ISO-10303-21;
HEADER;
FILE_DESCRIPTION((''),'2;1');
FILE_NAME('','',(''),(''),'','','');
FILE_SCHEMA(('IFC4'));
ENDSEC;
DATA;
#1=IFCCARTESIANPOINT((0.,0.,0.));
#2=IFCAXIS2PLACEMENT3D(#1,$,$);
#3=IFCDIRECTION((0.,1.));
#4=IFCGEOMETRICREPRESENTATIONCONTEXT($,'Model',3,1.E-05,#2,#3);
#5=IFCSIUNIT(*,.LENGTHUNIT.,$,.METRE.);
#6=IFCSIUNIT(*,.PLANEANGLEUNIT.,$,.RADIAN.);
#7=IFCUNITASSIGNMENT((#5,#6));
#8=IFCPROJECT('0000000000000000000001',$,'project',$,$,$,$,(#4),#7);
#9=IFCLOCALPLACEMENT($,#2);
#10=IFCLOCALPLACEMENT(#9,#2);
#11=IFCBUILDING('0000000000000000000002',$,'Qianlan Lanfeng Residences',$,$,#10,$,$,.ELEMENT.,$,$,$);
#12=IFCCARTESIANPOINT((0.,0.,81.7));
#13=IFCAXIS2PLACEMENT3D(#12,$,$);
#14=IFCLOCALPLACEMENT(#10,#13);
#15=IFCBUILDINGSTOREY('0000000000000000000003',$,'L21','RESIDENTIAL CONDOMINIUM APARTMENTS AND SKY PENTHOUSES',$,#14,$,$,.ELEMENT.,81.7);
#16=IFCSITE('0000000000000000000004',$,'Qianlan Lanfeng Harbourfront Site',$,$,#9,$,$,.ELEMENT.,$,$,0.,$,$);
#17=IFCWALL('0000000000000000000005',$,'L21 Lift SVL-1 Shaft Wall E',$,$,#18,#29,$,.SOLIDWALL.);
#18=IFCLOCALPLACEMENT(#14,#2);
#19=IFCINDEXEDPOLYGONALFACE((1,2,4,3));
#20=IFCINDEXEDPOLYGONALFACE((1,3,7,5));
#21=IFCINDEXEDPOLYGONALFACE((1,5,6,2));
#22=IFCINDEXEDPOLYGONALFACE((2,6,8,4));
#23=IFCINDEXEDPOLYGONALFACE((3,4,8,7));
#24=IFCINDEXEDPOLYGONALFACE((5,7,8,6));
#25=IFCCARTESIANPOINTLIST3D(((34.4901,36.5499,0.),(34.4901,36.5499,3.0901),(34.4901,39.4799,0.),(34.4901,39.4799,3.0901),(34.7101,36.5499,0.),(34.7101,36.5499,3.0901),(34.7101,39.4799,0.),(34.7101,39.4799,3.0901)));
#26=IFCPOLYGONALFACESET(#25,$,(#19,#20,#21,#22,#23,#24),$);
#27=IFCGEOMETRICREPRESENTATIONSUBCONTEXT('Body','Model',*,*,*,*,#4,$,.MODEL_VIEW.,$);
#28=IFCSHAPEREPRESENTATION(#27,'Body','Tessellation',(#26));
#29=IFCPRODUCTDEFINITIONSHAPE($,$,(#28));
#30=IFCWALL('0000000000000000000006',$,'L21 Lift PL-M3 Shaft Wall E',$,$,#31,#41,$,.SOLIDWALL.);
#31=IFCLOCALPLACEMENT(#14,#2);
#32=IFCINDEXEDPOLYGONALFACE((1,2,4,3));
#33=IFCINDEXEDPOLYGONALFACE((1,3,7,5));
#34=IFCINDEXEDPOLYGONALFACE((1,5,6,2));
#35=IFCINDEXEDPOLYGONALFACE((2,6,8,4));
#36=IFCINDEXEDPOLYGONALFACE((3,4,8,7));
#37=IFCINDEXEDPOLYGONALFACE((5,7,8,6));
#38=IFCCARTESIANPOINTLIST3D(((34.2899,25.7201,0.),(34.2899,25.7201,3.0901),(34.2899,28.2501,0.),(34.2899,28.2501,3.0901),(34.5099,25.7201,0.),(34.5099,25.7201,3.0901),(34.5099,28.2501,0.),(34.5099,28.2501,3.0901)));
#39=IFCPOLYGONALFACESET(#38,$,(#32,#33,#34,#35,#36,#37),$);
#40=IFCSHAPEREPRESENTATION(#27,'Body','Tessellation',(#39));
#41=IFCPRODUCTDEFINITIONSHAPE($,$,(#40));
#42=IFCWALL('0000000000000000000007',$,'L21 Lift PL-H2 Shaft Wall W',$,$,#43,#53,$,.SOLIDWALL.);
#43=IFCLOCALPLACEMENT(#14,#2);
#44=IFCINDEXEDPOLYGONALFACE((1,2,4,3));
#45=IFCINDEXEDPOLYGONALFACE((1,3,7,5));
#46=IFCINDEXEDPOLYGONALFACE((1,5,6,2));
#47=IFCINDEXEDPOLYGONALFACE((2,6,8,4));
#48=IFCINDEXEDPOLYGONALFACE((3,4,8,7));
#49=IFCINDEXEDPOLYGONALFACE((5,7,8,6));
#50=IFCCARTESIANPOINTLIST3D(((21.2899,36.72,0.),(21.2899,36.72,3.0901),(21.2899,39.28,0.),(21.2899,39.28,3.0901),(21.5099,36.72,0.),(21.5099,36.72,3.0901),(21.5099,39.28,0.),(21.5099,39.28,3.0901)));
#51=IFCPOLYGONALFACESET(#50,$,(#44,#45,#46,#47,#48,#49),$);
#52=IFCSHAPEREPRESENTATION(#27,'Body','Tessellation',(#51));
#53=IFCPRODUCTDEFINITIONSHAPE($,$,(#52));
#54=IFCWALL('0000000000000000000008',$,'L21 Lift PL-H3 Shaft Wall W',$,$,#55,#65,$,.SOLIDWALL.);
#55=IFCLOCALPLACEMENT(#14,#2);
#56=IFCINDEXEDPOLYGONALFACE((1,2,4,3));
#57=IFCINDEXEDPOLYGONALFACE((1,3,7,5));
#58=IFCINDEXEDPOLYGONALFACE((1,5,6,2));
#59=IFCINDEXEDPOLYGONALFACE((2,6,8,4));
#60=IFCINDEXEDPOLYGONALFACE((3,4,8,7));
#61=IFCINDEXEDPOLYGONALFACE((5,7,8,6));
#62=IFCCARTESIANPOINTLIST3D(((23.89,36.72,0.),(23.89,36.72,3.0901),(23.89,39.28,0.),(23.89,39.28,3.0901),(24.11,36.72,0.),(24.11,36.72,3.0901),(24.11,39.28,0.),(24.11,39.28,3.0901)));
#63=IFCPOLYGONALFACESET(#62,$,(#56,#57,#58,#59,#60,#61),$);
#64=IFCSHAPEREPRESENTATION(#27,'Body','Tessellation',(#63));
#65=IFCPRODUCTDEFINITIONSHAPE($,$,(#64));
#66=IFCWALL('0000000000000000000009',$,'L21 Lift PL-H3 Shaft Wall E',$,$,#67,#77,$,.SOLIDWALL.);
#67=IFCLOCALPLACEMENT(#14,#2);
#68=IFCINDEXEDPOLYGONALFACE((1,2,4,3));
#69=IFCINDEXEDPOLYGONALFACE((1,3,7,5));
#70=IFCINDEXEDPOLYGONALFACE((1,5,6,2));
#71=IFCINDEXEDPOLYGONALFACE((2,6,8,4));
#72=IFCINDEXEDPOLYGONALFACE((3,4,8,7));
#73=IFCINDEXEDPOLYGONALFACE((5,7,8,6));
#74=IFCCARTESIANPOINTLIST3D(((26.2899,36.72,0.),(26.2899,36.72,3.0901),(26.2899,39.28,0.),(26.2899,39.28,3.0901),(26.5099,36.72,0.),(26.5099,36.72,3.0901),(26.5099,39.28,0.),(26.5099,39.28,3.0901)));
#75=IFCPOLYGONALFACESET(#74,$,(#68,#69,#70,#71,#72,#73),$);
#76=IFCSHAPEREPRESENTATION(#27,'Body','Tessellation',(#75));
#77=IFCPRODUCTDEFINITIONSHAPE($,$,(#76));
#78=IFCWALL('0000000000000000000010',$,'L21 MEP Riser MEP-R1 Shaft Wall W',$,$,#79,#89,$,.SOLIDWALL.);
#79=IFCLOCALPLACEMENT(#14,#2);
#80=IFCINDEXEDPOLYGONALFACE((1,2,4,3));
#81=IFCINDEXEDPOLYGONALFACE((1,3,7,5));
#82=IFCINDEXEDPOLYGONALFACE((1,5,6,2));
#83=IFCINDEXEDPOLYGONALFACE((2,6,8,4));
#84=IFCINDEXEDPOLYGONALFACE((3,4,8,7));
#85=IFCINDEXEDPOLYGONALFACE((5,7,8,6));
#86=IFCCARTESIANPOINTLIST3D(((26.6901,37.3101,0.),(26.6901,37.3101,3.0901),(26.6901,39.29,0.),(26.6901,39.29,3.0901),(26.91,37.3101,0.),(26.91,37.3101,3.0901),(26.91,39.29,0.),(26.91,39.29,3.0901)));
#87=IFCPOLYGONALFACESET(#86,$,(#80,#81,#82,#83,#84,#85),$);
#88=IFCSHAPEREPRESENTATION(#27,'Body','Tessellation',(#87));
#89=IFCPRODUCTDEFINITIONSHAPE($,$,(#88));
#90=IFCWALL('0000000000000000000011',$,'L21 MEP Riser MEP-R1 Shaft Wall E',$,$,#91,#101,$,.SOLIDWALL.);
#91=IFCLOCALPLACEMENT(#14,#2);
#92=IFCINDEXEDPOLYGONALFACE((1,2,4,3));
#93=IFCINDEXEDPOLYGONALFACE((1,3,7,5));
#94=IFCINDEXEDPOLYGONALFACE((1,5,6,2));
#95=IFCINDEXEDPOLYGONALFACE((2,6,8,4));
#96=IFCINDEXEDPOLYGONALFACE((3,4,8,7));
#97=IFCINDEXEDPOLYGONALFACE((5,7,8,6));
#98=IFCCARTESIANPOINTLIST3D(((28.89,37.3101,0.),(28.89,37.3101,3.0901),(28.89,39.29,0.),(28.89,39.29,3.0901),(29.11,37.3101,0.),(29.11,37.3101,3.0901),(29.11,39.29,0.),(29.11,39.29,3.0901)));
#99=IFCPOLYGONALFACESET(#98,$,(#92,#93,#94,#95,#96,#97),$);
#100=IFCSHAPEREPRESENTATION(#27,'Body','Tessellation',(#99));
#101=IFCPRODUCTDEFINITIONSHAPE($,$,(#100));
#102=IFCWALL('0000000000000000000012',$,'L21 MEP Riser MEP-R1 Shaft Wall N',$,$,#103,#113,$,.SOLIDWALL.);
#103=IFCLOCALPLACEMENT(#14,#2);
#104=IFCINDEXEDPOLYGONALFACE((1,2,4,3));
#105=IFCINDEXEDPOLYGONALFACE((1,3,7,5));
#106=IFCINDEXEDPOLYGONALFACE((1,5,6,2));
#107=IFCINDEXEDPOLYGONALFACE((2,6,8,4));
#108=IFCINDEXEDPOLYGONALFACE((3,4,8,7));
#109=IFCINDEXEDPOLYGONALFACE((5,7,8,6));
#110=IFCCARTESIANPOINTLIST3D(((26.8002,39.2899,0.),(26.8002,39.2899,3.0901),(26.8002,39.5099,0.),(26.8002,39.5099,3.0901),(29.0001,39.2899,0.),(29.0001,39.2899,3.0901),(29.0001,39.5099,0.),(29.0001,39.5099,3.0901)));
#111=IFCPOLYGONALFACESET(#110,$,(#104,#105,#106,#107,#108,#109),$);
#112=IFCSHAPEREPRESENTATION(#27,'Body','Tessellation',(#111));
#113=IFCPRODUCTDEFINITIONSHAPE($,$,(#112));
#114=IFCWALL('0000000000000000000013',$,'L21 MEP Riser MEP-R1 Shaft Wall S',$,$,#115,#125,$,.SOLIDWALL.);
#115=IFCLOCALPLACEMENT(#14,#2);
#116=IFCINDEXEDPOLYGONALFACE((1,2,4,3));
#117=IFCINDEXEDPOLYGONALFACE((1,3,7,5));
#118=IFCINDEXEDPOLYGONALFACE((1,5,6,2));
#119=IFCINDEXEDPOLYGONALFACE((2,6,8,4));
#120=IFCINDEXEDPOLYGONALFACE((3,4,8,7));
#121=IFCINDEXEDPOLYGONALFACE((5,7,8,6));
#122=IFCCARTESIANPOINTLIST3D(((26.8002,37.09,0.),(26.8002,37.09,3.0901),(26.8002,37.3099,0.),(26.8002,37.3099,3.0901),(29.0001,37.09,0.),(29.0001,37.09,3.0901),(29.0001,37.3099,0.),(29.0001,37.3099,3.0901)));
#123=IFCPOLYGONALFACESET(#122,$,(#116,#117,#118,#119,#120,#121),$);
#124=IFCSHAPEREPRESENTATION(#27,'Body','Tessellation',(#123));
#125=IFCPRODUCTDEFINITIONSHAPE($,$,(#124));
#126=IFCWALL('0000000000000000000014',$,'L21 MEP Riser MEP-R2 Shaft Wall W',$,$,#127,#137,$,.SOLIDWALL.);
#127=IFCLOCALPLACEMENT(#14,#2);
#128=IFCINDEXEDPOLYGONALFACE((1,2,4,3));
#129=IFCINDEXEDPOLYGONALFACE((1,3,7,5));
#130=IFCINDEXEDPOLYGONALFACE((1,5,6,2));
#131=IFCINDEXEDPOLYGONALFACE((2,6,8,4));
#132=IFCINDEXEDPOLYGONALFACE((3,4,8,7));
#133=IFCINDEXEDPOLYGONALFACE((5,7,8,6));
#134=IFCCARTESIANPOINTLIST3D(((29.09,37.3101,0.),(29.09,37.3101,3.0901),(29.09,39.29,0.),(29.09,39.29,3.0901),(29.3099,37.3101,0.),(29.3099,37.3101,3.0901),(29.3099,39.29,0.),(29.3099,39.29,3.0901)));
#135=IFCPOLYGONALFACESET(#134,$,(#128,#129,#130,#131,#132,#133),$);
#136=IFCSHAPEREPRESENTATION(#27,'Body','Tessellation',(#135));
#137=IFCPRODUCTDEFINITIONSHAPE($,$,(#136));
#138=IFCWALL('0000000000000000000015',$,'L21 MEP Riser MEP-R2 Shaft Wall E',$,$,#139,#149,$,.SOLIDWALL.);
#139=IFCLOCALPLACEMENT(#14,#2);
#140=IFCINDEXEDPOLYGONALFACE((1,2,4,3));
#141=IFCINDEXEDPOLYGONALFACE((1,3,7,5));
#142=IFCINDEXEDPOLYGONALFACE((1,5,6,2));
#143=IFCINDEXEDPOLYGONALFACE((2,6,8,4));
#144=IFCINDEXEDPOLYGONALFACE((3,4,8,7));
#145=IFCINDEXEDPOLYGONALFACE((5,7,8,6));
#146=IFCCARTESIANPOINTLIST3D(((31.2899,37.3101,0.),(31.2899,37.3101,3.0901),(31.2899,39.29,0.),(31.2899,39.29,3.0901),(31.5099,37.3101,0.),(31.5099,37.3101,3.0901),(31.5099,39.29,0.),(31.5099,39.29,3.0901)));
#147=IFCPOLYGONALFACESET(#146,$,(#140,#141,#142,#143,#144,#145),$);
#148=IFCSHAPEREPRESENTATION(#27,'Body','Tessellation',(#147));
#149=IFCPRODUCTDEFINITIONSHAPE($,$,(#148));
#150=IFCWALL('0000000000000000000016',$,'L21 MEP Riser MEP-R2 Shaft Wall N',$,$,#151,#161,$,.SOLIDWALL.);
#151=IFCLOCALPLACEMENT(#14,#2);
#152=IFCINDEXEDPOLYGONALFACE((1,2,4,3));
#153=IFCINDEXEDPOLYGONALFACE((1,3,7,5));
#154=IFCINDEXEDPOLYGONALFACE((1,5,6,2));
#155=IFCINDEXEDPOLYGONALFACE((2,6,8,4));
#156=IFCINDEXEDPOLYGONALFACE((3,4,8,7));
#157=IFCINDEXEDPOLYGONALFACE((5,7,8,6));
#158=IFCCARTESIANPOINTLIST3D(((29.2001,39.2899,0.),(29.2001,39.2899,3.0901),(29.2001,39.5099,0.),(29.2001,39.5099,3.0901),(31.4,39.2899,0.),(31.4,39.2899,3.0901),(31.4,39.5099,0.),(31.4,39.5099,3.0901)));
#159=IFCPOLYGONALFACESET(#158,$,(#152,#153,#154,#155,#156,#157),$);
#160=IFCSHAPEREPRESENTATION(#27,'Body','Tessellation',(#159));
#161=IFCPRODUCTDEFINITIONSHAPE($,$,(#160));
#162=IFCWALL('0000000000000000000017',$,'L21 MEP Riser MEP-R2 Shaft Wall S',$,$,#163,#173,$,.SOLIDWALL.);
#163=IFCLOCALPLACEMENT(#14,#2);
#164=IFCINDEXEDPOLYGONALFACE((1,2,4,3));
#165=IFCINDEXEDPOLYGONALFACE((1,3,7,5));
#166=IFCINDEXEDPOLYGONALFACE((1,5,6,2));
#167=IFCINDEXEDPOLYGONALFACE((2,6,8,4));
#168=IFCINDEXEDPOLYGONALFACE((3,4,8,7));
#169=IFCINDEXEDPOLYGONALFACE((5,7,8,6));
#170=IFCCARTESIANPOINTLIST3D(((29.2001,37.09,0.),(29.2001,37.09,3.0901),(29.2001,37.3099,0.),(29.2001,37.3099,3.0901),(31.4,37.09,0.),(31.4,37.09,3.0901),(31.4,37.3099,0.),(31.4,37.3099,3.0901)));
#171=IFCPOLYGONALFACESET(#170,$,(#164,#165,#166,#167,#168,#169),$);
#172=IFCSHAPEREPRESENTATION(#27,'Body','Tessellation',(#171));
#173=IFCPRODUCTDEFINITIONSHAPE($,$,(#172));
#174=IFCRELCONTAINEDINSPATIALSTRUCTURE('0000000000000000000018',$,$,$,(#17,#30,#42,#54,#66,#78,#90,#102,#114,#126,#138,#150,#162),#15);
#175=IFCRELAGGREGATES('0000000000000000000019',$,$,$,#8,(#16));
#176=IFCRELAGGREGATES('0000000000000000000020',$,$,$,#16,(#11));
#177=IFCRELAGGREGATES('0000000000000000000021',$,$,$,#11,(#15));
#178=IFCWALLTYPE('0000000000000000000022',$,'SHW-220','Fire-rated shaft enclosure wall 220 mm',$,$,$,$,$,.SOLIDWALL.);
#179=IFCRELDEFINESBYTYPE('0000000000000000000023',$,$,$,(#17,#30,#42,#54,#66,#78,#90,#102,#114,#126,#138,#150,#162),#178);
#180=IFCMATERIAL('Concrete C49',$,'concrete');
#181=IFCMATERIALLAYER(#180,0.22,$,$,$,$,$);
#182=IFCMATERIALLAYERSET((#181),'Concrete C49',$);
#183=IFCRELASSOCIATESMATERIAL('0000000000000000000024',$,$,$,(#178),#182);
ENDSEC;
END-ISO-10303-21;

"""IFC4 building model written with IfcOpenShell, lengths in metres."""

from ifc_helpers import new_model, si_unit, direction, frame, frame_2d, origin, place, context, subcontext, project, spatial, rectangle, extrude, material, layer, layer_set, type_object, element, save


model = new_model("IFC4")

# Units and contexts
model_context = context("Model", 3, precision=1e-05, world=origin(), true_north=direction((0.0, 1.0)))
body_context = subcontext(model_context, "Body", "Model", "MODEL_VIEW")
ifc_project = project(units=[si_unit("LENGTHUNIT", "METRE"), si_unit("PLANEANGLEUNIT", "RADIAN")], contexts=[model_context])

# Site, building, storey
site_placement = place(None, origin())
site = spatial("IfcSite", under=ifc_project, at=site_placement, Name="Qianlan Lanfeng Harbourfront Site", CompositionType="ELEMENT", RefElevation=0.0)
building_placement = place(site_placement, origin())
building = spatial("IfcBuilding", under=site, at=building_placement, Name="Qianlan Lanfeng Residences", CompositionType="ELEMENT")
storey_placement = place(building_placement, frame((0.0, 0.0, 81.7)))
storey = spatial("IfcBuildingStorey", under=building, at=storey_placement, Name="L21", Description="RESIDENTIAL CONDOMINIUM APARTMENTS AND SKY PENTHOUSES", CompositionType="ELEMENT", Elevation=81.7)

# Walls
ifc_material_1 = material(Name="Concrete C49", Category="concrete")
ifc_layer_1 = layer(ifc_material_1, 0.22)
ifc_layer_set_1 = layer_set([ifc_layer_1], Name="Concrete C49")
wall_type_1 = type_object("IfcWallType", Name="SHW-220", Description="Fire-rated shaft enclosure wall 220 mm", PredefinedType="SOLIDWALL", material=ifc_layer_set_1)
for number, where, z_axis, x_axis, name in (
    (1, (34.6001, 36.55, 0.0), (0.0, 0.0, 1.0), (0.0, 1.0, 0.0), "L21 Lift SVL-1 Shaft Wall E"),
):
    element("IfcWall", number, at=place(storey_placement, frame(where, z_axis=z_axis, x_axis=x_axis)), inside=storey, type_object=wall_type_1, Name=name, PredefinedType="SOLIDWALL", context=body_context, shape_type="SweptSolid", body=[
        extrude(rectangle(XDim=2.9299, YDim=0.22, at=frame_2d((1.4648, 0.0))), origin(), (0.0, 0.0, 1.0), 3.0901),
    ])
wall_1_placement = place(storey_placement, frame((34.3999, 25.72, 0.0), z_axis=(0.0, 0.0, 1.0), x_axis=(0.0, 1.0, 0.0)))
element("IfcWall", 2, at=wall_1_placement, inside=storey, type_object=wall_type_1, Name="L21 Lift PL-M3 Shaft Wall E", PredefinedType="SOLIDWALL", context=body_context, shape_type="SweptSolid", body=[
    extrude(rectangle(XDim=2.53, YDim=0.22, at=frame_2d((1.2651, 0.0))), origin(), (0.0, 0.0, 1.0), 3.0901),
])
for number, where, z_axis, x_axis, name in (
    (3, (21.3999, 36.72, 0.0), (0.0, 0.0, 1.0), (0.0, 1.0, 0.0), "L21 Lift PL-H2 Shaft Wall W"),
    (4, (24.0, 36.72, 0.0), (0.0, 0.0, 1.0), (0.0, 1.0, 0.0), "L21 Lift PL-H3 Shaft Wall W"),
    (5, (26.3999, 36.72, 0.0), (0.0, 0.0, 1.0), (0.0, 1.0, 0.0), "L21 Lift PL-H3 Shaft Wall E"),
):
    element("IfcWall", number, at=place(storey_placement, frame(where, z_axis=z_axis, x_axis=x_axis)), inside=storey, type_object=wall_type_1, Name=name, PredefinedType="SOLIDWALL", context=body_context, shape_type="SweptSolid", body=[
        extrude(rectangle(XDim=2.5601, YDim=0.22, at=frame_2d((1.28, 0.0))), origin(), (0.0, 0.0, 1.0), 3.0901),
    ])
for number, where, z_axis, x_axis, name in (
    (6, (26.8, 37.3101, 0.0), (0.0, 0.0, 1.0), (0.0, 1.0, 0.0), "L21 MEP Riser MEP-R1 Shaft Wall W"),
    (7, (29.0, 37.3101, 0.0), (0.0, 0.0, 1.0), (0.0, 1.0, 0.0), "L21 MEP Riser MEP-R1 Shaft Wall E"),
):
    element("IfcWall", number, at=place(storey_placement, frame(where, z_axis=z_axis, x_axis=x_axis)), inside=storey, type_object=wall_type_1, Name=name, PredefinedType="SOLIDWALL", context=body_context, shape_type="SweptSolid", body=[
        extrude(rectangle(XDim=1.98, YDim=0.22, at=frame_2d((0.99, 0.0))), origin(), (0.0, 0.0, 1.0), 3.0901),
    ])
for number, where, z_axis, x_axis, name in (
    (8, (26.8, 39.3999, 0.0), (0.0, 0.0, 1.0), (1.0, 0.0, 0.0), "L21 MEP Riser MEP-R1 Shaft Wall N"),
    (9, (26.8, 37.2, 0.0), (0.0, 0.0, 1.0), (1.0, 0.0, 0.0), "L21 MEP Riser MEP-R1 Shaft Wall S"),
):
    element("IfcWall", number, at=place(storey_placement, frame(where, z_axis=z_axis, x_axis=x_axis)), inside=storey, type_object=wall_type_1, Name=name, PredefinedType="SOLIDWALL", context=body_context, shape_type="SweptSolid", body=[
        extrude(rectangle(XDim=2.2, YDim=0.22, at=frame_2d((1.1001, 0.0))), origin(), (0.0, 0.0, 1.0), 3.0901),
    ])
for number, where, z_axis, x_axis, name in (
    (10, (29.2, 37.3101, 0.0), (0.0, 0.0, 1.0), (0.0, 1.0, 0.0), "L21 MEP Riser MEP-R2 Shaft Wall W"),
    (11, (31.3999, 37.3101, 0.0), (0.0, 0.0, 1.0), (0.0, 1.0, 0.0), "L21 MEP Riser MEP-R2 Shaft Wall E"),
):
    element("IfcWall", number, at=place(storey_placement, frame(where, z_axis=z_axis, x_axis=x_axis)), inside=storey, type_object=wall_type_1, Name=name, PredefinedType="SOLIDWALL", context=body_context, shape_type="SweptSolid", body=[
        extrude(rectangle(XDim=1.98, YDim=0.22, at=frame_2d((0.99, 0.0))), origin(), (0.0, 0.0, 1.0), 3.0901),
    ])
for number, where, z_axis, x_axis, name in (
    (12, (29.2, 39.3999, 0.0), (0.0, 0.0, 1.0), (1.0, 0.0, 0.0), "L21 MEP Riser MEP-R2 Shaft Wall N"),
    (13, (29.2, 37.2, 0.0), (0.0, 0.0, 1.0), (1.0, 0.0, 0.0), "L21 MEP Riser MEP-R2 Shaft Wall S"),
):
    element("IfcWall", number, at=place(storey_placement, frame(where, z_axis=z_axis, x_axis=x_axis)), inside=storey, type_object=wall_type_1, Name=name, PredefinedType="SOLIDWALL", context=body_context, shape_type="SweptSolid", body=[
        extrude(rectangle(XDim=2.2, YDim=0.22, at=frame_2d((1.1001, 0.0))), origin(), (0.0, 0.0, 1.0), 3.0901),
    ])

save(model, "model.ifc")
